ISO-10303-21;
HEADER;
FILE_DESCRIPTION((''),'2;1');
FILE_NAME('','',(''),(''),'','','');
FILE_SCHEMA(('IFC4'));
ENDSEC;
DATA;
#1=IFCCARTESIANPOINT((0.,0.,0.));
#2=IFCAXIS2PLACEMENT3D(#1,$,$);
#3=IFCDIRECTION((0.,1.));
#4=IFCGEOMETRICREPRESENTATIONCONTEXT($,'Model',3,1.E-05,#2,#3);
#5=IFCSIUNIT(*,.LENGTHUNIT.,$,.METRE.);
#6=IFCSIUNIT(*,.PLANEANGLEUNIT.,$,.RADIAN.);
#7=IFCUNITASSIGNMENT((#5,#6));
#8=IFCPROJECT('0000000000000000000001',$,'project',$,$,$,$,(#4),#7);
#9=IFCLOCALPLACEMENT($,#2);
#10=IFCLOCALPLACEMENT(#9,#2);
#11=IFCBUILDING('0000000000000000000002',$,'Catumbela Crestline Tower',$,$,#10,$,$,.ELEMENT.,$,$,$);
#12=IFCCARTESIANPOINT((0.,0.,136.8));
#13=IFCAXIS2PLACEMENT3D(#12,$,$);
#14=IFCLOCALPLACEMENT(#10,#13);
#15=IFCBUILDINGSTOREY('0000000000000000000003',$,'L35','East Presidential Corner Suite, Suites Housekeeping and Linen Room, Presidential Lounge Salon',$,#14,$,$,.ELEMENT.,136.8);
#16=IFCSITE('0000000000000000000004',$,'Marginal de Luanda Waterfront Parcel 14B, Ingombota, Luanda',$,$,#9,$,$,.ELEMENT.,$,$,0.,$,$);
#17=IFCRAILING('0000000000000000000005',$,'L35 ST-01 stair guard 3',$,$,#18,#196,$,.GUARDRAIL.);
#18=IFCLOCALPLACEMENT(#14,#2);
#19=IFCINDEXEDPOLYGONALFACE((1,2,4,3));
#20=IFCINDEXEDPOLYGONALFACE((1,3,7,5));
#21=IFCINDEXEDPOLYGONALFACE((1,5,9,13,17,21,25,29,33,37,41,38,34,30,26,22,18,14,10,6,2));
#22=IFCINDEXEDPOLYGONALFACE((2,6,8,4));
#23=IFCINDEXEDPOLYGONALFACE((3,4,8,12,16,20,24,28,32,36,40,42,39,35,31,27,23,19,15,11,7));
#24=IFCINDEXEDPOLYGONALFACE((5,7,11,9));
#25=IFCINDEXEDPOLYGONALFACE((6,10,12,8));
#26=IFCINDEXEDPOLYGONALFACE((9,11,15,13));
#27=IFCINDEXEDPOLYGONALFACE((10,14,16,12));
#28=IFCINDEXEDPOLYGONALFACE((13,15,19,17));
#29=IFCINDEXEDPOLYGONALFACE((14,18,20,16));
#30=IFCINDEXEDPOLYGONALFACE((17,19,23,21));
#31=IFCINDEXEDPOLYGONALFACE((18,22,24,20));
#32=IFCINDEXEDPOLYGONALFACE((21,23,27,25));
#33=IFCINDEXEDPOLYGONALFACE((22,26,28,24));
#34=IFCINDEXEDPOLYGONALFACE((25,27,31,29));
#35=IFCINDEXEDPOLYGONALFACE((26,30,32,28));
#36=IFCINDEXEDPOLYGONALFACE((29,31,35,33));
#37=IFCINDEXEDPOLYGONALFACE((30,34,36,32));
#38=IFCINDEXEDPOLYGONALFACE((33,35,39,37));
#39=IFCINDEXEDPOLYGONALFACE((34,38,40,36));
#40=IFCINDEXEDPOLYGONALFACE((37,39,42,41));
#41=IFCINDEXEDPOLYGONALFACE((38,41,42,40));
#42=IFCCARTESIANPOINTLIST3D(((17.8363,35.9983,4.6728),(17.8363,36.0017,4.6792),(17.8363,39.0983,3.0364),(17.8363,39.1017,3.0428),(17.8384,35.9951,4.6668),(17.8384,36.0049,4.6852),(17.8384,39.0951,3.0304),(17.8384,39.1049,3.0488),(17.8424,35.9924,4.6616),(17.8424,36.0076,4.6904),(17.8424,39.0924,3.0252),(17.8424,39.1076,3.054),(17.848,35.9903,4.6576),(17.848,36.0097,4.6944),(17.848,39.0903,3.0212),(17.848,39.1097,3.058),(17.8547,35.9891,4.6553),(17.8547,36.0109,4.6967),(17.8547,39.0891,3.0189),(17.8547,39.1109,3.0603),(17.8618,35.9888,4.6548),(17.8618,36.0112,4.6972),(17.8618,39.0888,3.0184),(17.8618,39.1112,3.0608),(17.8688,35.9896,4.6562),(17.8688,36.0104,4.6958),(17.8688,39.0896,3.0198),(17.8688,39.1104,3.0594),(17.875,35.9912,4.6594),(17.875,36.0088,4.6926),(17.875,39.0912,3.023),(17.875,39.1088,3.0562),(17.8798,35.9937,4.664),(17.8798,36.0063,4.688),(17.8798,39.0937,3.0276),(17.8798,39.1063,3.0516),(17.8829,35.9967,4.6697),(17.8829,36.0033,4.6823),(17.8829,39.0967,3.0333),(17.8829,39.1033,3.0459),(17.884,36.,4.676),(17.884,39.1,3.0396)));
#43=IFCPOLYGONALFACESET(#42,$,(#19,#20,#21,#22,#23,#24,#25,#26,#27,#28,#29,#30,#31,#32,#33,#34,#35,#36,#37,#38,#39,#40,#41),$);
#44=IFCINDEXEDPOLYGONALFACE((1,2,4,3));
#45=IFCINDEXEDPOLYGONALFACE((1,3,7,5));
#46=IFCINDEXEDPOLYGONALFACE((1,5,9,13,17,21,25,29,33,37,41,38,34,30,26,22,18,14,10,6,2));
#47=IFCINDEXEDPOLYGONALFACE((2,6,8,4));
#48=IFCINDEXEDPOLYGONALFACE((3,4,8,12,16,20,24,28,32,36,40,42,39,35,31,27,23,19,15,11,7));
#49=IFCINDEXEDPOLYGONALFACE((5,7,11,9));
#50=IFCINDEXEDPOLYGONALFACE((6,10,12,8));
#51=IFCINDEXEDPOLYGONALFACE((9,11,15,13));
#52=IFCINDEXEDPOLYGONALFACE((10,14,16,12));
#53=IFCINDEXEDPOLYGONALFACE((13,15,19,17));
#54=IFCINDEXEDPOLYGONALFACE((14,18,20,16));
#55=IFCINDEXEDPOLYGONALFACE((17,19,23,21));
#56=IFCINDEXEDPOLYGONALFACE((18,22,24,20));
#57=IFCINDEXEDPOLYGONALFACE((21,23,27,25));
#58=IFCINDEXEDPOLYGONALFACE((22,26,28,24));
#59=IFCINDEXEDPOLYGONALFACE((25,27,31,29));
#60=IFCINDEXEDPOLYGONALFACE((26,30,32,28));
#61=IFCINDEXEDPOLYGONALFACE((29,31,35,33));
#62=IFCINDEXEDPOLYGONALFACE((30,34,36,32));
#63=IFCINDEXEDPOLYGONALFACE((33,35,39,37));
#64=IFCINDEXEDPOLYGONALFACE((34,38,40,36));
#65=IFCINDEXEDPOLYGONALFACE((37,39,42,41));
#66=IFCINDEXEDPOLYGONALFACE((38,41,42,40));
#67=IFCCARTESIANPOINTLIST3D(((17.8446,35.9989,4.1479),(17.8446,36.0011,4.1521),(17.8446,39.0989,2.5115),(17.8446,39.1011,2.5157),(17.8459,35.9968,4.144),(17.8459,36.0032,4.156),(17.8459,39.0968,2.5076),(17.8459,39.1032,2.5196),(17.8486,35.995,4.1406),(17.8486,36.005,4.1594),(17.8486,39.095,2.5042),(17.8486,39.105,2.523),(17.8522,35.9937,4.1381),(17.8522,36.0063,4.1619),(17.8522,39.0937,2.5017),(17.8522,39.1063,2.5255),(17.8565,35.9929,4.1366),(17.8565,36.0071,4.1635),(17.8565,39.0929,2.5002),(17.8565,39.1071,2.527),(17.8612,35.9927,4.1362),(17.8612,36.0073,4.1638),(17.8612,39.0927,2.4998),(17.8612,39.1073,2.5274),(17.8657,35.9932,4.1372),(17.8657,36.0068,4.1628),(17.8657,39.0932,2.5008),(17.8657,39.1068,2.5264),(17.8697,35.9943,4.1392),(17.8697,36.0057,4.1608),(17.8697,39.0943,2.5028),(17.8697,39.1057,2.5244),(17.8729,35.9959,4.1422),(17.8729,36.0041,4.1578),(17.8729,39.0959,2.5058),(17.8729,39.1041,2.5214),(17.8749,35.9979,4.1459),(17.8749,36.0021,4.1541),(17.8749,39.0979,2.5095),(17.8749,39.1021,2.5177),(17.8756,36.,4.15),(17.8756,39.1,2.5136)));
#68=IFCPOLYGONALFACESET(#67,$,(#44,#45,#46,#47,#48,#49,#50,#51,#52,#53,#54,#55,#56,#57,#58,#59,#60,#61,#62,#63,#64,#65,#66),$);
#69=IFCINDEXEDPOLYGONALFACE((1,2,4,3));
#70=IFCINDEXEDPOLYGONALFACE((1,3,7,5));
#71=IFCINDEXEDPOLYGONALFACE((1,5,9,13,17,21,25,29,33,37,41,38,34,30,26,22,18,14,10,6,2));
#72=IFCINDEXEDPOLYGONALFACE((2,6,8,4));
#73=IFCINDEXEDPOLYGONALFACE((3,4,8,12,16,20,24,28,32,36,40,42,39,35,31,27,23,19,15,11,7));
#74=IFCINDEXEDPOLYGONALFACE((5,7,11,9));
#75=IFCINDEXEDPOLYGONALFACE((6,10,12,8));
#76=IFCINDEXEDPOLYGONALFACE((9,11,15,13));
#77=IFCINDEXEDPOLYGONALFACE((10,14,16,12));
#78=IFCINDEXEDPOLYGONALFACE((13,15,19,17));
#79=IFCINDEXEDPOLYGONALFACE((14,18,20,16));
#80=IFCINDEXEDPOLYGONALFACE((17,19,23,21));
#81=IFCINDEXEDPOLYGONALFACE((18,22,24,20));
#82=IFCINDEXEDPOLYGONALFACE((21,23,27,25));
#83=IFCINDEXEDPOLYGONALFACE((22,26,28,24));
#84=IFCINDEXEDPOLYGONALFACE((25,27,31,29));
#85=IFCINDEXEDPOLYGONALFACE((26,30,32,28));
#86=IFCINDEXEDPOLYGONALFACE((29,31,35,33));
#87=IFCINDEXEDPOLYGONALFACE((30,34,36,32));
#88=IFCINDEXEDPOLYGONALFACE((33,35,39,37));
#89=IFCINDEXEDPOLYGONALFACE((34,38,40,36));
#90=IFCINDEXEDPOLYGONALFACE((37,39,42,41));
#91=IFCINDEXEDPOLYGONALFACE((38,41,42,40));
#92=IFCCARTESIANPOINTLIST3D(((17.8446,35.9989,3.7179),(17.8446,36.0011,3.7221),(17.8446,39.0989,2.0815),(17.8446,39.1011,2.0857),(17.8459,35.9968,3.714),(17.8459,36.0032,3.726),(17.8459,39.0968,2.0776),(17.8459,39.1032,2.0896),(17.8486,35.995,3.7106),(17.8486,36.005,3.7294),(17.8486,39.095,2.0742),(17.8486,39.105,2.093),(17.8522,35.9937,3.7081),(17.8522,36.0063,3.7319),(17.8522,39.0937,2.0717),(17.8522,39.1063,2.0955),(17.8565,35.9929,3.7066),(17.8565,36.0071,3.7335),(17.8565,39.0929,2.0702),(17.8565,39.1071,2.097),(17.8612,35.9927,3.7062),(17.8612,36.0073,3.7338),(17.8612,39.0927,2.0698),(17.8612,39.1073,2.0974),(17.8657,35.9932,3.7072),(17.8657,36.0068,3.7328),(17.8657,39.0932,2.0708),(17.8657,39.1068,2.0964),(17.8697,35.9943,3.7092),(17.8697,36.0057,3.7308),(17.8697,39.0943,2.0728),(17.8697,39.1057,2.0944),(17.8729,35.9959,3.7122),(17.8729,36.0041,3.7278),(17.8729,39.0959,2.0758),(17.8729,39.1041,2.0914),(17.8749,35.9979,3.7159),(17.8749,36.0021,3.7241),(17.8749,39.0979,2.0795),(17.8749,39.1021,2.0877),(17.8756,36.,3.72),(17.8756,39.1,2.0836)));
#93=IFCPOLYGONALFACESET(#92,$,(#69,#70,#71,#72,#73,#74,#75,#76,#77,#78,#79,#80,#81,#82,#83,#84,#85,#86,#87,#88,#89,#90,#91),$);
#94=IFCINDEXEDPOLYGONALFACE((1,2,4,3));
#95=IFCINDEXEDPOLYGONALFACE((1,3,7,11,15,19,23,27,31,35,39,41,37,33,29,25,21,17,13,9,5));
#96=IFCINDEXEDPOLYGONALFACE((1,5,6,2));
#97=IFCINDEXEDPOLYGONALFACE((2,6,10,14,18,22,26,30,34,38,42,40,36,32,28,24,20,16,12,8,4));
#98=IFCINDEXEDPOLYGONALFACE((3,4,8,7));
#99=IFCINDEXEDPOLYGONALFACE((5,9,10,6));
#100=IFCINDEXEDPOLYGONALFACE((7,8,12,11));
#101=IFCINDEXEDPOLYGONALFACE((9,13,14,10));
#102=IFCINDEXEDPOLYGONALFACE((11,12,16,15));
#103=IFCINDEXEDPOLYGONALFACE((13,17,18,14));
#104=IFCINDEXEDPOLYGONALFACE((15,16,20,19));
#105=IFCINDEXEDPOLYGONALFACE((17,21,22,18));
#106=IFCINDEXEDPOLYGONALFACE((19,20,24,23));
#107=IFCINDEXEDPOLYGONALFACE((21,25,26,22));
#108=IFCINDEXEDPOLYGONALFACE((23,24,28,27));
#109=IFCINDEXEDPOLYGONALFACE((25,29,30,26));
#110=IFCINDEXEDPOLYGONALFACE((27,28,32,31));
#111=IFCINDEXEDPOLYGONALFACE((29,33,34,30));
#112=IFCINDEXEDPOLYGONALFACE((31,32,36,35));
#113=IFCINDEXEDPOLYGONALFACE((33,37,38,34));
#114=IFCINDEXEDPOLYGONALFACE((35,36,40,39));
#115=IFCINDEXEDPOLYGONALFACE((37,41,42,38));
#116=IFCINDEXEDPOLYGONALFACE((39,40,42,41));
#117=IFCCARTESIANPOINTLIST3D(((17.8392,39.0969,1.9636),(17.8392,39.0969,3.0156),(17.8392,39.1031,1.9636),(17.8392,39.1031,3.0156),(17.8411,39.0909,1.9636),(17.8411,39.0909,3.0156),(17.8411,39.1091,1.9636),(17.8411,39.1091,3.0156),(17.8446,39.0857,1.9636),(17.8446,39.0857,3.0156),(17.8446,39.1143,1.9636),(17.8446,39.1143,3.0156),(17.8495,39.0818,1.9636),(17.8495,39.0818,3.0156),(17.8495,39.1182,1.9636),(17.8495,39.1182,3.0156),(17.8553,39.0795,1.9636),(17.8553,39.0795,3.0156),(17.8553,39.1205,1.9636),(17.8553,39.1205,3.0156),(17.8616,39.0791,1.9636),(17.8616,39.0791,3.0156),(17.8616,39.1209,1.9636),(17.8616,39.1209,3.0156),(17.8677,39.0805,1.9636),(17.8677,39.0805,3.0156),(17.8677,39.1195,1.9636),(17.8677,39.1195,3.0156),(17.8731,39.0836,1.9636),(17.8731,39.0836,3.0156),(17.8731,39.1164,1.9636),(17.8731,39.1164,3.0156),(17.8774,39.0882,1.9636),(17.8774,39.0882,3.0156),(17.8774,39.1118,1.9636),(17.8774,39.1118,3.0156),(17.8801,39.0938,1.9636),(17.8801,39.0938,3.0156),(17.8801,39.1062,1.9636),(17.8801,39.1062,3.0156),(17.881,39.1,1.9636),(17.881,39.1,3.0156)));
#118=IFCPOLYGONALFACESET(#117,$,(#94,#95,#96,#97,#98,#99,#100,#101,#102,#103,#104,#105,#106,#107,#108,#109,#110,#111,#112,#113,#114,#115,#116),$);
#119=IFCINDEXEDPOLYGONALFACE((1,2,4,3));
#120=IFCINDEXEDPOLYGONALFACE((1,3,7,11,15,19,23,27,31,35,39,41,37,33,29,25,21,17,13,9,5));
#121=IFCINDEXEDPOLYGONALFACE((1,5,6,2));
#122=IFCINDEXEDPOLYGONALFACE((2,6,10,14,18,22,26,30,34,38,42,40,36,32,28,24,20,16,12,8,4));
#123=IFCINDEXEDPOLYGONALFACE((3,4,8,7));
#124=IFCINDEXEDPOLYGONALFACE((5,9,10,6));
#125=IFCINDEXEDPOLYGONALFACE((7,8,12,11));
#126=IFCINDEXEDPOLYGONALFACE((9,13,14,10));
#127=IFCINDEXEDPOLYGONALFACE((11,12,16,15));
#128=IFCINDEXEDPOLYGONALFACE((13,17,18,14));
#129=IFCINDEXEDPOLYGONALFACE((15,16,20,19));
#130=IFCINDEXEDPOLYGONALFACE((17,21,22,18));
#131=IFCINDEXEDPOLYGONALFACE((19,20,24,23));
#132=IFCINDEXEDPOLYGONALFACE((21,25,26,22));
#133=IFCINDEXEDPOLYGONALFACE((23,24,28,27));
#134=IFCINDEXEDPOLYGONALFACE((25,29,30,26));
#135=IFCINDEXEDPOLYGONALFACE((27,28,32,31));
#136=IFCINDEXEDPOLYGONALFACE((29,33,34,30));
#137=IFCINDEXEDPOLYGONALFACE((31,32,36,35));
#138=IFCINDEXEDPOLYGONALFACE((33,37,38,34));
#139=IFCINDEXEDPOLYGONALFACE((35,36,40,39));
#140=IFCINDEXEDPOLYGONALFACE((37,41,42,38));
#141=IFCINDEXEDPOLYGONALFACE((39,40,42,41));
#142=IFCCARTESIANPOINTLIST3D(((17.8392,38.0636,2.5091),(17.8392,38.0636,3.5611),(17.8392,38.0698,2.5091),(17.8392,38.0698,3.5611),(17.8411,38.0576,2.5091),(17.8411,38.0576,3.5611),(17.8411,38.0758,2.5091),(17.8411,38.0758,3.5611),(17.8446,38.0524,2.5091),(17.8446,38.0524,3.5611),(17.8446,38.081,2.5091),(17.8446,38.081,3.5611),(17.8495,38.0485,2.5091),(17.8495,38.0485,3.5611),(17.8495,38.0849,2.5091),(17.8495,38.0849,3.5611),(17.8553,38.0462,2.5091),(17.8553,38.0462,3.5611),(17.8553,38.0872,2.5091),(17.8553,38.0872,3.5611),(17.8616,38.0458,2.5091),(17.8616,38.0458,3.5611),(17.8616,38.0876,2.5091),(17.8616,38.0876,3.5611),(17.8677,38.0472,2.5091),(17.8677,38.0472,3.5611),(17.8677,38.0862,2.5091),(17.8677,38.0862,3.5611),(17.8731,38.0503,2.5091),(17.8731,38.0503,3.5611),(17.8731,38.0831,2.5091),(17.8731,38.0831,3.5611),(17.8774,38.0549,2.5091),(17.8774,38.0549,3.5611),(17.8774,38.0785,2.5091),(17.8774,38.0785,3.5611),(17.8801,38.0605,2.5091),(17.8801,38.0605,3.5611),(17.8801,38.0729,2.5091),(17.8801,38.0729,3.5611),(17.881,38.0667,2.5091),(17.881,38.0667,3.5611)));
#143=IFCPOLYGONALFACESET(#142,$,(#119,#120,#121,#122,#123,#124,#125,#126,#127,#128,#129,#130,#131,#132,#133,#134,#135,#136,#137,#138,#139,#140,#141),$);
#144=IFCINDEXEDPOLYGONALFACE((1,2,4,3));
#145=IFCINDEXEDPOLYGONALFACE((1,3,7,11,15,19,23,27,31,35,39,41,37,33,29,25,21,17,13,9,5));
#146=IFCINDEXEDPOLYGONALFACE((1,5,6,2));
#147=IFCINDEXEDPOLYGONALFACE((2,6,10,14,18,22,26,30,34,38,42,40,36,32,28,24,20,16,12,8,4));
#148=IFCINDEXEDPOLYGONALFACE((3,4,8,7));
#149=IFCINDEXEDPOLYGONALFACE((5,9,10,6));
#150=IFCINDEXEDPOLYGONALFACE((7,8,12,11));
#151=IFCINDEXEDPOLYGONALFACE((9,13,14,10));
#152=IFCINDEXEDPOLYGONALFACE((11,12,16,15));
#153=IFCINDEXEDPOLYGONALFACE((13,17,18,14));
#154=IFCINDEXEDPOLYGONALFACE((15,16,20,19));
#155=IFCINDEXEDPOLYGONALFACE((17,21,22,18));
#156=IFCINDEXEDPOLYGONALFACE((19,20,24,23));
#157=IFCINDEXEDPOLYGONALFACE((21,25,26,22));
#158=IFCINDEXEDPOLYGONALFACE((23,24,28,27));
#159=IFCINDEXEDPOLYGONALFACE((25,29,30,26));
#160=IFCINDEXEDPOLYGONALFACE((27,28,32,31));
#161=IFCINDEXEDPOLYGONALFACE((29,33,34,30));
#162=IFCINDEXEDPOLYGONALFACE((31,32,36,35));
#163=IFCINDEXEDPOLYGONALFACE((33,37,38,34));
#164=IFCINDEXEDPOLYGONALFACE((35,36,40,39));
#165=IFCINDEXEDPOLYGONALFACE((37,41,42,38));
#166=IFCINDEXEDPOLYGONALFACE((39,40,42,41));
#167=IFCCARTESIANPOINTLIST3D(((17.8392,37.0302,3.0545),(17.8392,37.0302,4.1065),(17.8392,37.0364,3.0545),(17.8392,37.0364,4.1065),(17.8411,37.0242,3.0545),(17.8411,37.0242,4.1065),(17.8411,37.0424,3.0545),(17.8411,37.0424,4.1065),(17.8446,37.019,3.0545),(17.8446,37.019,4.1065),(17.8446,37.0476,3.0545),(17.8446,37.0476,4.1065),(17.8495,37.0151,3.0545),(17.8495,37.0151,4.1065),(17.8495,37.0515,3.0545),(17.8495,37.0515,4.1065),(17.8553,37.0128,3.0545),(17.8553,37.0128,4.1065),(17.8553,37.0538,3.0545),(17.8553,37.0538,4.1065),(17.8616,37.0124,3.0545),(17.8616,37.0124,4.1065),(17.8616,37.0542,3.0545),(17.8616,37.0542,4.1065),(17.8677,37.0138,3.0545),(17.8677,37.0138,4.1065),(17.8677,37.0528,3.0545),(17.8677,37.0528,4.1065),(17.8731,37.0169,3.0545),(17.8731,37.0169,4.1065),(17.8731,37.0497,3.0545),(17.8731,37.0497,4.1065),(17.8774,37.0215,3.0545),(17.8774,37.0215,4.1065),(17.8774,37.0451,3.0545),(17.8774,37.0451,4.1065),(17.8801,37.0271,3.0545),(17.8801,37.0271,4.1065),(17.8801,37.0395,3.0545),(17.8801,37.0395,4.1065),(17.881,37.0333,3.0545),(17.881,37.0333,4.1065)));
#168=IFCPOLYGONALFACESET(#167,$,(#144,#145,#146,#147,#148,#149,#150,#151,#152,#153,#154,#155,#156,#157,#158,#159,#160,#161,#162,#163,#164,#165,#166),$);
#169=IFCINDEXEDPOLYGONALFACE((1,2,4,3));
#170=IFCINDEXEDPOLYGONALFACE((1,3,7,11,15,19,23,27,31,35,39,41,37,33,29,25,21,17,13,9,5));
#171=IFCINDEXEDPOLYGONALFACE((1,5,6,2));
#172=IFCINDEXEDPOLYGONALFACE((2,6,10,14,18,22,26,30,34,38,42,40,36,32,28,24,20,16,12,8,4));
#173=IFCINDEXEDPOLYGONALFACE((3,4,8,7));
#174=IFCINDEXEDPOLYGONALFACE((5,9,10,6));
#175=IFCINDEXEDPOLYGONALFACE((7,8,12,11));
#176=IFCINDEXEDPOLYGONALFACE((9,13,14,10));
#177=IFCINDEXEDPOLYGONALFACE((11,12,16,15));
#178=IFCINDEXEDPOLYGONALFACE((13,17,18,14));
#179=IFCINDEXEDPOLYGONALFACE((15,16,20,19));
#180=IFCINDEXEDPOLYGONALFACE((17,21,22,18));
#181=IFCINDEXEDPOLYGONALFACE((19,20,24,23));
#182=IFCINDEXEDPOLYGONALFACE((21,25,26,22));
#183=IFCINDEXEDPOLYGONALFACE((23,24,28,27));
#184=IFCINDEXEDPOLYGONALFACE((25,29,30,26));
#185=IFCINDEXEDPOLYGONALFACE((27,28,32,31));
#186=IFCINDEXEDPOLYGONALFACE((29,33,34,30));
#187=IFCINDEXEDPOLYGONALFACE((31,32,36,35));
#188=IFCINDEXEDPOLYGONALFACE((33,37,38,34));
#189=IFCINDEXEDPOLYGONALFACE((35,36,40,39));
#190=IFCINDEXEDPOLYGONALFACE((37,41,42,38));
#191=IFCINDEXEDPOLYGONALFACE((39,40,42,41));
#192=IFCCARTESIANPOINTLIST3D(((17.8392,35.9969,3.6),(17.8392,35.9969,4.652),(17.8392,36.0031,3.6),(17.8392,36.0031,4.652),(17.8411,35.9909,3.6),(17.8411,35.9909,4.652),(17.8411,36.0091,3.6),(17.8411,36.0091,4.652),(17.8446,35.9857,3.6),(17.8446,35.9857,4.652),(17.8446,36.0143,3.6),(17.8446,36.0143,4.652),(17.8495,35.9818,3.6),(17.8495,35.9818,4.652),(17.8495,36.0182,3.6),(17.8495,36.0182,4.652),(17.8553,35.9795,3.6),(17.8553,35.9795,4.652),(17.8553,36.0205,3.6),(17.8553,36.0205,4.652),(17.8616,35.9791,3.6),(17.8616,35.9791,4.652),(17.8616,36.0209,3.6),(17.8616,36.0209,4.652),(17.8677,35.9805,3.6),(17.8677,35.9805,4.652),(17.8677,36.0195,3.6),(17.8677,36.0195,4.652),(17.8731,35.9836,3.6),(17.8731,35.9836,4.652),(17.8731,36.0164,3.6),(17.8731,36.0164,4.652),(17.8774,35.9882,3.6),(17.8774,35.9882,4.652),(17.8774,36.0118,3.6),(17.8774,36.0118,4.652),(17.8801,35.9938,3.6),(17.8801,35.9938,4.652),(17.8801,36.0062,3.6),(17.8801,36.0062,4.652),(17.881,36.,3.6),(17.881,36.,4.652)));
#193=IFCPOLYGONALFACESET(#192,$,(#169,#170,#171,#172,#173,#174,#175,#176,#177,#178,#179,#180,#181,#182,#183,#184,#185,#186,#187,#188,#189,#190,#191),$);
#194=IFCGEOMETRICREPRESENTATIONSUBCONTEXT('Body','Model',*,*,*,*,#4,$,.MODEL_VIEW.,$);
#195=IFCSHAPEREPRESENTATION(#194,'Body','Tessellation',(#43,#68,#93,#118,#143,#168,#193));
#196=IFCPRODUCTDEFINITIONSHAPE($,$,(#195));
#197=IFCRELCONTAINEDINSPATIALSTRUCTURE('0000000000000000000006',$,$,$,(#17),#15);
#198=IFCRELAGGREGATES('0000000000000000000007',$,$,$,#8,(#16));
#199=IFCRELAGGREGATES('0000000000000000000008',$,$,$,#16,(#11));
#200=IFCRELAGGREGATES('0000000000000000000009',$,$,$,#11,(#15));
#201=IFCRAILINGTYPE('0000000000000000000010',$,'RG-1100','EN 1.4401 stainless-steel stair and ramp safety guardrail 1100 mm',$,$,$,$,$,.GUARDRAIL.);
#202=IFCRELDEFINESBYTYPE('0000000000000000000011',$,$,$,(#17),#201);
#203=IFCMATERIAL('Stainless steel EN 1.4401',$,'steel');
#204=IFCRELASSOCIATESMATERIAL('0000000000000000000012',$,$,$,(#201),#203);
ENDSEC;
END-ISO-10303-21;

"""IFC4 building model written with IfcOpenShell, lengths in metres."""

from ifc_helpers import new_model, si_unit, direction, frame, origin, origin_2d, place, context, subcontext, project, spatial, circle, extrude, material, type_object, element, save


model = new_model("IFC4")

# Units and contexts
model_context = context("Model", 3, precision=1e-05, world=origin(), true_north=direction((0.0, 1.0)))
body_context = subcontext(model_context, "Body", "Model", "MODEL_VIEW")
ifc_project = project(units=[si_unit("LENGTHUNIT", "METRE"), si_unit("PLANEANGLEUNIT", "RADIAN")], contexts=[model_context])

# Site, building, storey
site_placement = place(None, origin())
site = spatial("IfcSite", under=ifc_project, at=site_placement, Name="Marginal de Luanda Waterfront Parcel 14B, Ingombota, Luanda", CompositionType="ELEMENT", RefElevation=0.0)
building_placement = place(site_placement, origin())
building = spatial("IfcBuilding", under=site, at=building_placement, Name="Catumbela Crestline Tower", CompositionType="ELEMENT")
storey_placement = place(building_placement, frame((0.0, 0.0, 136.8)))
storey = spatial("IfcBuildingStorey", under=building, at=storey_placement, Name="L35", Description="East Presidential Corner Suite, Suites Housekeeping and Linen Room, Presidential Lounge Salon", CompositionType="ELEMENT", Elevation=136.8)

# Railing
ifc_material_1 = material(Name="Stainless steel EN 1.4401", Category="steel")
railing_type_1 = type_object("IfcRailingType", Name="RG-1100", Description="EN 1.4401 stainless-steel stair and ramp safety guardrail 1100 mm", PredefinedType="GUARDRAIL", material=ifc_material_1)
railing_1_placement = place(storey_placement, frame((17.86, 39.1, 1.9636)))
element("IfcRailing", 1, at=railing_1_placement, inside=storey, type_object=railing_type_1, Name="L35 ST-01 stair guard 3", PredefinedType="GUARDRAIL", context=body_context, shape_type="SweptSolid", body=[
    extrude(circle(Radius=0.024, at=origin_2d()), frame((0.0, 0.0, 1.076), z_axis=(0.0, -0.884351, 0.466823), x_axis=(1.0, 0.0, 0.0)), (0.0, 0.0, 1.0), 3.5054),
    extrude(circle(Radius=0.0156, at=origin_2d()), frame((0.0, 0.0, 0.55), z_axis=(0.0, -0.884351, 0.466823), x_axis=(1.0, 0.0, 0.0)), (0.0, 0.0, 1.0), 3.5054),
    extrude(circle(Radius=0.0156, at=origin_2d()), frame((0.0, 0.0, 0.12), z_axis=(0.0, -0.884351, 0.466823), x_axis=(1.0, 0.0, 0.0)), (0.0, 0.0, 1.0), 3.5054),
    extrude(circle(Radius=0.021, at=origin_2d()), origin(), (0.0, 0.0, 1.0), 1.052),
    extrude(circle(Radius=0.021, at=origin_2d()), frame((0.0, -1.0333, 0.5455)), (0.0, 0.0, 1.0), 1.052),
    extrude(circle(Radius=0.021, at=origin_2d()), frame((0.0, -2.0667, 1.0909)), (0.0, 0.0, 1.0), 1.052),
    extrude(circle(Radius=0.021, at=origin_2d()), frame((0.0, -3.1, 1.6364)), (0.0, 0.0, 1.0), 1.052),
])

save(model, "model.ifc")
